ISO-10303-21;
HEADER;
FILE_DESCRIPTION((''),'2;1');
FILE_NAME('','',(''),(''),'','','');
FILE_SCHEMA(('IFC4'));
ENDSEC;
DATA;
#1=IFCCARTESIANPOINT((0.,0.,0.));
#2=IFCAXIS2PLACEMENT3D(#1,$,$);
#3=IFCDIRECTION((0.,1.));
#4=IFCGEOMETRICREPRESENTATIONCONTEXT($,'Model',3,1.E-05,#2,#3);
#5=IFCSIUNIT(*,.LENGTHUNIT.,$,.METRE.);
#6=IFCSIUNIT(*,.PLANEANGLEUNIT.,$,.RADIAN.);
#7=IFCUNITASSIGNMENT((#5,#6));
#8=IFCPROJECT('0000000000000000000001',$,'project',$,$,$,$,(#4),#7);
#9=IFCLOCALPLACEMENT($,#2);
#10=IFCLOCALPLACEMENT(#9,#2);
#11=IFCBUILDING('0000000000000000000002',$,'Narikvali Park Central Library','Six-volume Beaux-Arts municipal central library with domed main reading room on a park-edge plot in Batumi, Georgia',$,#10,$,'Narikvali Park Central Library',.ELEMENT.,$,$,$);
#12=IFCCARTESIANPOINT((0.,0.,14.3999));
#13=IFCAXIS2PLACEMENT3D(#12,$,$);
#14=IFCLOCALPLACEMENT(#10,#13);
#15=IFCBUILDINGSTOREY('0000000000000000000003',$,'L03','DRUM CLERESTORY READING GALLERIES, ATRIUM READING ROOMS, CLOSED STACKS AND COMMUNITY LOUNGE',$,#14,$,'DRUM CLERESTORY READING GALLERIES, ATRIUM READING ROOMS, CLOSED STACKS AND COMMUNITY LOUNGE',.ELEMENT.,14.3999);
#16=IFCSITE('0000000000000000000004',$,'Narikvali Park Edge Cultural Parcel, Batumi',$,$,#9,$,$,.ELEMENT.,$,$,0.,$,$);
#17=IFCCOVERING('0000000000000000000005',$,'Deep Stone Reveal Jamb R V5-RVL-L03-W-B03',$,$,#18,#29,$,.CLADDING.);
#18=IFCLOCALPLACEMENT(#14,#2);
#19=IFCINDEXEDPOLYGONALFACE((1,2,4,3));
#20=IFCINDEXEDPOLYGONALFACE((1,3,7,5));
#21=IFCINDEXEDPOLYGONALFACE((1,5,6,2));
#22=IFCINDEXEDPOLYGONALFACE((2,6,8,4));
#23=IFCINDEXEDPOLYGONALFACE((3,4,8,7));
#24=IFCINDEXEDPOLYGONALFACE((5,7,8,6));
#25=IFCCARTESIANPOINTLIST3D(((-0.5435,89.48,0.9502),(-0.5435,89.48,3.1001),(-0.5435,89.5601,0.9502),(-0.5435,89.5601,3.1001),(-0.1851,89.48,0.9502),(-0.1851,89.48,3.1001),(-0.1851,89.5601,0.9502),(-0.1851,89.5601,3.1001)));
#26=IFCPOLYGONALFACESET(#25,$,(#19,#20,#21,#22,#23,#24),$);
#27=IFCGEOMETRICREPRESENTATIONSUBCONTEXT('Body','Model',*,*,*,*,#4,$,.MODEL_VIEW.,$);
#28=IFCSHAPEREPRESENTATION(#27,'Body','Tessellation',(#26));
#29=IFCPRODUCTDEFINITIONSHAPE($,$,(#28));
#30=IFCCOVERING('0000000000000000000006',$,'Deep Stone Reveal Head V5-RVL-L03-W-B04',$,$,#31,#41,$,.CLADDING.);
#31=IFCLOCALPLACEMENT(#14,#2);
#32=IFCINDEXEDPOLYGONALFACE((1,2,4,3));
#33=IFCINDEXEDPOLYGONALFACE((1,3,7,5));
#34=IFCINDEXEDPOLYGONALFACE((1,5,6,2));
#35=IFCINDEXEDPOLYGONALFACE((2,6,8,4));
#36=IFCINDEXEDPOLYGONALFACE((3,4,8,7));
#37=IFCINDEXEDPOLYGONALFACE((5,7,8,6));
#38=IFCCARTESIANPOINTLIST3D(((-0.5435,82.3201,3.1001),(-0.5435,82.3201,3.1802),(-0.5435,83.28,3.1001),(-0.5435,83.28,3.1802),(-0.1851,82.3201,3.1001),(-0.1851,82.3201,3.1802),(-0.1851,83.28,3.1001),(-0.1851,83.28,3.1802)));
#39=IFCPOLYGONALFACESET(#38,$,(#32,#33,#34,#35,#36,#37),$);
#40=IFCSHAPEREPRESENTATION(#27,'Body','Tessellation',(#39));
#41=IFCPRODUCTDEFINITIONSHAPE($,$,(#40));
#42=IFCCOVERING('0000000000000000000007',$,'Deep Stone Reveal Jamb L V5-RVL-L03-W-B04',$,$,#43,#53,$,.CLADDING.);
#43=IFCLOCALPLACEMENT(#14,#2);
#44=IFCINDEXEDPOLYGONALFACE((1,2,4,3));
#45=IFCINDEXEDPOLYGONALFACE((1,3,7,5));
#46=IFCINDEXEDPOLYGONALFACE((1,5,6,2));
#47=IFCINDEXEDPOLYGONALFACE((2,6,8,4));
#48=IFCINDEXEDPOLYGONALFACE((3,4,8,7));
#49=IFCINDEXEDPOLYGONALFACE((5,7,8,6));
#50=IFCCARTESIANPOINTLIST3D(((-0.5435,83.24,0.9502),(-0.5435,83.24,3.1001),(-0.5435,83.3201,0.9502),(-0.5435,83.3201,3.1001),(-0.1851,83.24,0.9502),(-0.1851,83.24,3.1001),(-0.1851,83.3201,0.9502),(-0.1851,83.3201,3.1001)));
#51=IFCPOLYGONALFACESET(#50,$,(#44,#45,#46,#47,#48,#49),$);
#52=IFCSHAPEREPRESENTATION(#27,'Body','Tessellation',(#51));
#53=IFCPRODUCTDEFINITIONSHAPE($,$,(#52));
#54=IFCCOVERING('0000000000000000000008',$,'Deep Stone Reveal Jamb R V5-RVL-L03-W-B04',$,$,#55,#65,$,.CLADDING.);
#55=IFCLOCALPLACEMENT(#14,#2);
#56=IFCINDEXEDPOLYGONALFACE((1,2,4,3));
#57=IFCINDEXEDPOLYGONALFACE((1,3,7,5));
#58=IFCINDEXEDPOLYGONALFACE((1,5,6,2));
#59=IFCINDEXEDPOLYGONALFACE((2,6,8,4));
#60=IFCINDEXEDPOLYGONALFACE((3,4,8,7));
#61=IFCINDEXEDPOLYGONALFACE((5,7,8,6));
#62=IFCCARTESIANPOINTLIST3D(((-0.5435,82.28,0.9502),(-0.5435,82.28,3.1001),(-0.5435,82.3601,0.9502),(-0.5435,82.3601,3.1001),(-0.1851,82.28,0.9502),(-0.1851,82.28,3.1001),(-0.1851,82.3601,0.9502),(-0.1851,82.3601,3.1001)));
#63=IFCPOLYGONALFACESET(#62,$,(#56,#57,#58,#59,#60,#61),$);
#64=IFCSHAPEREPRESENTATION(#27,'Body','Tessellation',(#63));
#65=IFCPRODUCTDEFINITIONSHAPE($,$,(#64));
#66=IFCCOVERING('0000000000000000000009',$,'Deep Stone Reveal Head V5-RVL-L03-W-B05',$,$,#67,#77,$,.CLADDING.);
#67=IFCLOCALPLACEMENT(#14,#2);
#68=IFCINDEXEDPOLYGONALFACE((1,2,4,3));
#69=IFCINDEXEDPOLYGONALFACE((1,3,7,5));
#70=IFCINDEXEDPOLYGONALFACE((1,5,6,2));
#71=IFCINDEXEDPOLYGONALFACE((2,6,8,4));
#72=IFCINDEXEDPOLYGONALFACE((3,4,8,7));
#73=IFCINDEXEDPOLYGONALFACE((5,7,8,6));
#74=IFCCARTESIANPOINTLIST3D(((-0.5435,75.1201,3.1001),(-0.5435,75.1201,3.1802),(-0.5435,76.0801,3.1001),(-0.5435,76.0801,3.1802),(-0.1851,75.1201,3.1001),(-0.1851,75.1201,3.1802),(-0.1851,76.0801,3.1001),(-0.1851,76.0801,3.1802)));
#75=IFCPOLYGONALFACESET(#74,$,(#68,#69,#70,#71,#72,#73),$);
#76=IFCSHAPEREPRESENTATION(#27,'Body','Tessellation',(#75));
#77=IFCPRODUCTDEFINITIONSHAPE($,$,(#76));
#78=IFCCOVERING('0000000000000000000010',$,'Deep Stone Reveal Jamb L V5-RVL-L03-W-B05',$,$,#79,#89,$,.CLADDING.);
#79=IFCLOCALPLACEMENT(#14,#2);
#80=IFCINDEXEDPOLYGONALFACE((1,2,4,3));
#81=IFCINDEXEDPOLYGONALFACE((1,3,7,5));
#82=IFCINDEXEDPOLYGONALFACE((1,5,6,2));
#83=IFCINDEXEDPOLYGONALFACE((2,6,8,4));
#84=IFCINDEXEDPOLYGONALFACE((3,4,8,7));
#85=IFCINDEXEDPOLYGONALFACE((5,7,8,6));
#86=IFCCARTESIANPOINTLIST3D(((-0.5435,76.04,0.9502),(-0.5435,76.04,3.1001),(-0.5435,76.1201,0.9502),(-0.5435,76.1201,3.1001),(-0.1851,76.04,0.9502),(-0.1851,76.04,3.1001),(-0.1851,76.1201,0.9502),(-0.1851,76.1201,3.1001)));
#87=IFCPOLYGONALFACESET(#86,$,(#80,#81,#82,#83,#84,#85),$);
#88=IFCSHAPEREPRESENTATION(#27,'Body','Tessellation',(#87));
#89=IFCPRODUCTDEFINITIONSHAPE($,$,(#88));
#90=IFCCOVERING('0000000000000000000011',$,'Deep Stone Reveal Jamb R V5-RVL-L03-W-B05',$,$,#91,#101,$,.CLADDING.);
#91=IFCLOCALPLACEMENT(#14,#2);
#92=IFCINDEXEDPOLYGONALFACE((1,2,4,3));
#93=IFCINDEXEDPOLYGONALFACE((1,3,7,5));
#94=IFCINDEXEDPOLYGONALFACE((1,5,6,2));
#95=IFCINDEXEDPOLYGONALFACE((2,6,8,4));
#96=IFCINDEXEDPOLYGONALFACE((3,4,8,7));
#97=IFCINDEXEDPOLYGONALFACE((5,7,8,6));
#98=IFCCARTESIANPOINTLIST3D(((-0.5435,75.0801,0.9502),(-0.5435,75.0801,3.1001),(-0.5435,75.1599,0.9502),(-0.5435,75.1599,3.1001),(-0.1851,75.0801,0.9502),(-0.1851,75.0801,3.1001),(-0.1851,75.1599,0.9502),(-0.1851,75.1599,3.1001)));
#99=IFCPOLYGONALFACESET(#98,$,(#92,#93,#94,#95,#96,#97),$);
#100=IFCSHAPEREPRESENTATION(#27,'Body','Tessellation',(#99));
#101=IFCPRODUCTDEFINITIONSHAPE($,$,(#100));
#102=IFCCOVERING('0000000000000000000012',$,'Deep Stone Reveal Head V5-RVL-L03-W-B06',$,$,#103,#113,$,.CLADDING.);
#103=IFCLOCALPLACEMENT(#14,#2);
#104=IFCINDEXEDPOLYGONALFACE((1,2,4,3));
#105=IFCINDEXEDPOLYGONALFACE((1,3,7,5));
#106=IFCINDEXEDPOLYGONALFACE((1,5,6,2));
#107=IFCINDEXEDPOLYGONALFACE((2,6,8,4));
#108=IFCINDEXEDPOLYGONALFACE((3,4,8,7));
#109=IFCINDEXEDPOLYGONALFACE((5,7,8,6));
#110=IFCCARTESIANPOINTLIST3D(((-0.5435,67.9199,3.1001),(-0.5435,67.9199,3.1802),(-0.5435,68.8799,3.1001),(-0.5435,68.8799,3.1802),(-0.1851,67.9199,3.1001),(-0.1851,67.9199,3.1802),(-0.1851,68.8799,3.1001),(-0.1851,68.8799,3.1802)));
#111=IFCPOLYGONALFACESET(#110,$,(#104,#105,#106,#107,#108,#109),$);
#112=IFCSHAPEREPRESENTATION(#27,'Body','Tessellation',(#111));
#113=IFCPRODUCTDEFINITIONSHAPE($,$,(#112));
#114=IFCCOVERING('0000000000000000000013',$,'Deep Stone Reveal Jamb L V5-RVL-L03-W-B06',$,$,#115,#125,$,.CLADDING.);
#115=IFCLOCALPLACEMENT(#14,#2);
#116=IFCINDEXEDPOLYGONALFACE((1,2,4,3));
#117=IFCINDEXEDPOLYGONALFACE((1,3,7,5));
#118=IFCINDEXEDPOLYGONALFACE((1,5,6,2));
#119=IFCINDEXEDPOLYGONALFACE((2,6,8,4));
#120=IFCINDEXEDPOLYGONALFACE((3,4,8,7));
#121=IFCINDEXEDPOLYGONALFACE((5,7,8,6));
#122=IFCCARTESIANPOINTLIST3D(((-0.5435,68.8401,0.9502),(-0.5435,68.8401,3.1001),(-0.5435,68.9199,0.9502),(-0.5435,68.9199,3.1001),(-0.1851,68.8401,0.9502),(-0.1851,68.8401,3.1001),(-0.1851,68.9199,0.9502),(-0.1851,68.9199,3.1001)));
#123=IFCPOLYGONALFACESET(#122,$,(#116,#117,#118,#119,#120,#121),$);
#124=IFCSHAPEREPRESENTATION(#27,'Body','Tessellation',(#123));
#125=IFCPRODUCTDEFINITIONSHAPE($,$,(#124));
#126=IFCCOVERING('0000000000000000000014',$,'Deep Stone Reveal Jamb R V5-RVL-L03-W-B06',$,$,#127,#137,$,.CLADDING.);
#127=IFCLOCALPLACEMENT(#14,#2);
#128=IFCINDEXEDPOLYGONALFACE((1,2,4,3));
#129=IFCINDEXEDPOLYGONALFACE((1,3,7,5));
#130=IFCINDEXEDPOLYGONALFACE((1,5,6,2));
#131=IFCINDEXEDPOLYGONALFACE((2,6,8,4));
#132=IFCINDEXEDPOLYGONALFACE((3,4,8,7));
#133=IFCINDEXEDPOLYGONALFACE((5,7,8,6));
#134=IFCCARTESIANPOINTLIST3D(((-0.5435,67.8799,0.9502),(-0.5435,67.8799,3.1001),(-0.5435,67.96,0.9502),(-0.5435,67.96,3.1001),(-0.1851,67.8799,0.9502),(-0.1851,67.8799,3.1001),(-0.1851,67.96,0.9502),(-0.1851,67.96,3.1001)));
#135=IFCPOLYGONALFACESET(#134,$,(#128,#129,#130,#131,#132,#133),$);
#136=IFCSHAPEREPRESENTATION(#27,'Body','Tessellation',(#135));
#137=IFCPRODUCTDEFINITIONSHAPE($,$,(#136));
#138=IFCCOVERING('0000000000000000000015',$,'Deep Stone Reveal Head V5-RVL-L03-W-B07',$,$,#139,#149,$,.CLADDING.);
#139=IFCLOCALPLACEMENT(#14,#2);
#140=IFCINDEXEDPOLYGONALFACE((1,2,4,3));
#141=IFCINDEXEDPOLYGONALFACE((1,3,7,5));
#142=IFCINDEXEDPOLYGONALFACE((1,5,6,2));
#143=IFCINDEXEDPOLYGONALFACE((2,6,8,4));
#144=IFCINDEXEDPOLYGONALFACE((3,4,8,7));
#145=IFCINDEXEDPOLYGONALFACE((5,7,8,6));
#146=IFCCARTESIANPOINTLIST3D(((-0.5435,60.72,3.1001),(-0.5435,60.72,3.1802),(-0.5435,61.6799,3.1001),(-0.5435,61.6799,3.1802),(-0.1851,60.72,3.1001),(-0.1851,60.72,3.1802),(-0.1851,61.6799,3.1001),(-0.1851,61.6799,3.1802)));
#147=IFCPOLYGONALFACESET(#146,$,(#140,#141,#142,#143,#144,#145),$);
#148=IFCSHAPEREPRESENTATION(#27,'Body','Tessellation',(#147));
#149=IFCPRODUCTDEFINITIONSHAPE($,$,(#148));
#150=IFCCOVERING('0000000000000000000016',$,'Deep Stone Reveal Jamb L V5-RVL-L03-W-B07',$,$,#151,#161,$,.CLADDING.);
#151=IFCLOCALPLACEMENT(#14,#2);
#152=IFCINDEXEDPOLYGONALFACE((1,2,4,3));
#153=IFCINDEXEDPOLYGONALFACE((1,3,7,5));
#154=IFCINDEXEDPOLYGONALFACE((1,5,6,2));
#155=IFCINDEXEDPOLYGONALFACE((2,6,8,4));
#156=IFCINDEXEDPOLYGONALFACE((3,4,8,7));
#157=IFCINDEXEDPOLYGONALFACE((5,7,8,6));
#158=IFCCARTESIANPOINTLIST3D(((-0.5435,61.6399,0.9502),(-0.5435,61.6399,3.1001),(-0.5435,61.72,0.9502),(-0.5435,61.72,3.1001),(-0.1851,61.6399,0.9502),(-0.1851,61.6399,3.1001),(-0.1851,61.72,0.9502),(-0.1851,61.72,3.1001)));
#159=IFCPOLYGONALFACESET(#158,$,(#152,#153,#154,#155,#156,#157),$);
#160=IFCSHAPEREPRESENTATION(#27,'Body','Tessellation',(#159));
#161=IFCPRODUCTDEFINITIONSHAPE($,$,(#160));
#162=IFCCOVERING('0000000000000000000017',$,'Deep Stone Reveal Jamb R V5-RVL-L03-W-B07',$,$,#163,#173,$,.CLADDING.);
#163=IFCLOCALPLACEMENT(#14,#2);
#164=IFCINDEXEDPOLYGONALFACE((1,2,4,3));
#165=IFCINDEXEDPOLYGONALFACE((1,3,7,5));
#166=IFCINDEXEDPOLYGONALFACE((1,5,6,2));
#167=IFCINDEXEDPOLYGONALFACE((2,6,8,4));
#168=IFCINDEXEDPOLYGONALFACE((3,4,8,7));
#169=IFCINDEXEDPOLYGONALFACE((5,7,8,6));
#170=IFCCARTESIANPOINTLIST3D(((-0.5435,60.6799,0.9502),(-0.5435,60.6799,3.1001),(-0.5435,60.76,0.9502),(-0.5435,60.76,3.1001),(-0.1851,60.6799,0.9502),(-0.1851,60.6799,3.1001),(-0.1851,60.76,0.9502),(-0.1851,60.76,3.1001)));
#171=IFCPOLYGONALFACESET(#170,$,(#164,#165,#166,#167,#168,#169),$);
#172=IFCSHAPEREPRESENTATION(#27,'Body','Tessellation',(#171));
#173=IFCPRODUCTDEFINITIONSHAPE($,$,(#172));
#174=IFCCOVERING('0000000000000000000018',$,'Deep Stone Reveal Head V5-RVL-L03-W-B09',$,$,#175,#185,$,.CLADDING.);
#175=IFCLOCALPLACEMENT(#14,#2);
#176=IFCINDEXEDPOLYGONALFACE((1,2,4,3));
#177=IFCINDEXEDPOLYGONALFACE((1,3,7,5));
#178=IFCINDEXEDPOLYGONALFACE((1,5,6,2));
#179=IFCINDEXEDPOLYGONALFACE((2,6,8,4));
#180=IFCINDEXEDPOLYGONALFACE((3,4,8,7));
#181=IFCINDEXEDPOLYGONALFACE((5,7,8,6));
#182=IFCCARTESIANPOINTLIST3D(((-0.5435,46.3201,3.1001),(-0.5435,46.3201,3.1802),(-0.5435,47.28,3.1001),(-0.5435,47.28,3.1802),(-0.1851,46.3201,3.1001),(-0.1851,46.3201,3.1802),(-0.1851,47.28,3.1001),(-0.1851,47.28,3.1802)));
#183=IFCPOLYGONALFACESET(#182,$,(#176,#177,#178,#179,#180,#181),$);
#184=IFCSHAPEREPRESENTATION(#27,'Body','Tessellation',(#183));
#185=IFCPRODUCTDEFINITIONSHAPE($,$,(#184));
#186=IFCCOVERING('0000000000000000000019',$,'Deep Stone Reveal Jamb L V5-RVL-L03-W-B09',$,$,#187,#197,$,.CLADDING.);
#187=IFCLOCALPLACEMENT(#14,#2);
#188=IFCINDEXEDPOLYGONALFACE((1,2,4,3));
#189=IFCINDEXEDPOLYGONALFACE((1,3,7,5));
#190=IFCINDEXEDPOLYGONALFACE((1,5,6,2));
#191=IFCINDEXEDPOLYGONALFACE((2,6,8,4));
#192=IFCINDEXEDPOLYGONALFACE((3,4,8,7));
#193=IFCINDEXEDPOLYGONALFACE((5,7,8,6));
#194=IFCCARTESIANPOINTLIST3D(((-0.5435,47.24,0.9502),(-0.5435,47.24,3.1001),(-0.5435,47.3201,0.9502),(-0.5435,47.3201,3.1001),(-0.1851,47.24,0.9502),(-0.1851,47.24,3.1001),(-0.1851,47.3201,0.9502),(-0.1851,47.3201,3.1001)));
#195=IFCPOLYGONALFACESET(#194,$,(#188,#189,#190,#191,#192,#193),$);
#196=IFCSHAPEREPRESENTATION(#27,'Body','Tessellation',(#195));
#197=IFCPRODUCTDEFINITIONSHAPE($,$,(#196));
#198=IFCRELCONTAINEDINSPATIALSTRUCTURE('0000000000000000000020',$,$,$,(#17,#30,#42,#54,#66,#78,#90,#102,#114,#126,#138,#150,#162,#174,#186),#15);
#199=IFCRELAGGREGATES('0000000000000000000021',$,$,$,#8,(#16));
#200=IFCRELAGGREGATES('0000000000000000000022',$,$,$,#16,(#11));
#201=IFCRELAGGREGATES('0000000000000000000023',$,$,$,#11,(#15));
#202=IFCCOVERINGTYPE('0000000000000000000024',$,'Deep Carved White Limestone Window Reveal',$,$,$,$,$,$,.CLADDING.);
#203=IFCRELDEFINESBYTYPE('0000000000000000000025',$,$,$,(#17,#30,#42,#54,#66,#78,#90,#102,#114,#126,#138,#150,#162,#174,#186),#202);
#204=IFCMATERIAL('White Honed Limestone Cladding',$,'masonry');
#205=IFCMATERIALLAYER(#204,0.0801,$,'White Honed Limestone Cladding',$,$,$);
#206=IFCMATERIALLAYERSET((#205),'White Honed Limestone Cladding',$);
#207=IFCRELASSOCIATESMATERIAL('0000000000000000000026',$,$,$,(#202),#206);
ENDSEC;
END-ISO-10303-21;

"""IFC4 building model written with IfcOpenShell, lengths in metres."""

from ifc_helpers import new_model, si_unit, direction, frame, origin, place, context, subcontext, project, spatial, polyline, outline, extrude, material, layer, layer_set, type_object, element, save


model = new_model("IFC4")

# Units and contexts
model_context = context("Model", 3, precision=1e-05, world=origin(), true_north=direction((0.0, 1.0)))
body_context = subcontext(model_context, "Body", "Model", "MODEL_VIEW")
ifc_project = project(units=[si_unit("LENGTHUNIT", "METRE"), si_unit("PLANEANGLEUNIT", "RADIAN")], contexts=[model_context])

# Site, building, storey
site_placement = place(None, origin())
site = spatial("IfcSite", under=ifc_project, at=site_placement, Name="Narikvali Park Edge Cultural Parcel, Batumi", CompositionType="ELEMENT", RefElevation=0.0)
building_placement = place(site_placement, origin())
building = spatial("IfcBuilding", under=site, at=building_placement, Name="Narikvali Park Central Library", Description="Six-volume Beaux-Arts municipal central library with domed main reading room on a park-edge plot in Batumi, Georgia", LongName="Narikvali Park Central Library", CompositionType="ELEMENT")
storey_placement = place(building_placement, frame((0.0, 0.0, 14.3999)))
storey = spatial("IfcBuildingStorey", under=building, at=storey_placement, Name="L03", Description="DRUM CLERESTORY READING GALLERIES, ATRIUM READING ROOMS, CLOSED STACKS AND COMMUNITY LOUNGE", LongName="DRUM CLERESTORY READING GALLERIES, ATRIUM READING ROOMS, CLOSED STACKS AND COMMUNITY LOUNGE", CompositionType="ELEMENT", Elevation=14.3999)

# Coverings
ifc_material = material(Name="White Honed Limestone Cladding", Category="masonry")
ifc_layer = layer(ifc_material, 0.0801, Name="White Honed Limestone Cladding")
ifc_layer_set = layer_set([ifc_layer], Name="White Honed Limestone Cladding")
covering_type = type_object("IfcCoveringType", Name="Deep Carved White Limestone Window Reveal", PredefinedType="CLADDING", material=ifc_layer_set)
covering_1_placement = place(storey_placement, frame((0.0, 0.0, 0.9502)))
element("IfcCovering", 1, at=covering_1_placement, inside=storey, type_object=covering_type, Name="Deep Stone Reveal Jamb R V5-RVL-L03-W-B03", PredefinedType="CLADDING", context=body_context, shape_type="SweptSolid", body=[
    extrude(outline(polyline([(-0.1851, 89.5601), (-0.1851, 89.48), (-0.5435, 89.48), (-0.5435, 89.5601), (-0.1851, 89.5601)])), origin(), (0.0, 0.0, 1.0), 2.1499),
])
covering_2_placement = place(storey_placement, frame((0.0, 0.0, 3.1001)))
element("IfcCovering", 2, at=covering_2_placement, inside=storey, type_object=covering_type, Name="Deep Stone Reveal Head V5-RVL-L03-W-B04", PredefinedType="CLADDING", context=body_context, shape_type="SweptSolid", body=[
    extrude(outline(polyline([(-0.1851, 83.28), (-0.1851, 82.3201), (-0.5435, 82.3201), (-0.5435, 83.28), (-0.1851, 83.28)])), origin(), (0.0, 0.0, 1.0), 0.0801),
])
covering_3_placement = place(storey_placement, frame((0.0, 0.0, 0.9502)))
element("IfcCovering", 3, at=covering_3_placement, inside=storey, type_object=covering_type, Name="Deep Stone Reveal Jamb L V5-RVL-L03-W-B04", PredefinedType="CLADDING", context=body_context, shape_type="SweptSolid", body=[
    extrude(outline(polyline([(-0.1851, 83.3201), (-0.1851, 83.24), (-0.5435, 83.24), (-0.5435, 83.3201), (-0.1851, 83.3201)])), origin(), (0.0, 0.0, 1.0), 2.1499),
])
covering_4_placement = place(storey_placement, frame((0.0, 0.0, 0.9502)))
element("IfcCovering", 4, at=covering_4_placement, inside=storey, type_object=covering_type, Name="Deep Stone Reveal Jamb R V5-RVL-L03-W-B04", PredefinedType="CLADDING", context=body_context, shape_type="SweptSolid", body=[
    extrude(outline(polyline([(-0.1851, 82.3601), (-0.1851, 82.28), (-0.5435, 82.28), (-0.5435, 82.3601), (-0.1851, 82.3601)])), origin(), (0.0, 0.0, 1.0), 2.1499),
])
covering_5_placement = place(storey_placement, frame((0.0, 0.0, 3.1001)))
element("IfcCovering", 5, at=covering_5_placement, inside=storey, type_object=covering_type, Name="Deep Stone Reveal Head V5-RVL-L03-W-B05", PredefinedType="CLADDING", context=body_context, shape_type="SweptSolid", body=[
    extrude(outline(polyline([(-0.1851, 76.0801), (-0.1851, 75.1201), (-0.5435, 75.1201), (-0.5435, 76.0801), (-0.1851, 76.0801)])), origin(), (0.0, 0.0, 1.0), 0.0801),
])
covering_6_placement = place(storey_placement, frame((0.0, 0.0, 0.9502)))
element("IfcCovering", 6, at=covering_6_placement, inside=storey, type_object=covering_type, Name="Deep Stone Reveal Jamb L V5-RVL-L03-W-B05", PredefinedType="CLADDING", context=body_context, shape_type="SweptSolid", body=[
    extrude(outline(polyline([(-0.1851, 76.1201), (-0.1851, 76.04), (-0.5435, 76.04), (-0.5435, 76.1201), (-0.1851, 76.1201)])), origin(), (0.0, 0.0, 1.0), 2.1499),
])
covering_7_placement = place(storey_placement, frame((0.0, 0.0, 0.9502)))
element("IfcCovering", 7, at=covering_7_placement, inside=storey, type_object=covering_type, Name="Deep Stone Reveal Jamb R V5-RVL-L03-W-B05", PredefinedType="CLADDING", context=body_context, shape_type="SweptSolid", body=[
    extrude(outline(polyline([(-0.1851, 75.1599), (-0.1851, 75.0801), (-0.5435, 75.0801), (-0.5435, 75.1599), (-0.1851, 75.1599)])), origin(), (0.0, 0.0, 1.0), 2.1499),
])
covering_8_placement = place(storey_placement, frame((0.0, 0.0, 3.1001)))
element("IfcCovering", 8, at=covering_8_placement, inside=storey, type_object=covering_type, Name="Deep Stone Reveal Head V5-RVL-L03-W-B06", PredefinedType="CLADDING", context=body_context, shape_type="SweptSolid", body=[
    extrude(outline(polyline([(-0.1851, 68.8799), (-0.1851, 67.9199), (-0.5435, 67.9199), (-0.5435, 68.8799), (-0.1851, 68.8799)])), origin(), (0.0, 0.0, 1.0), 0.0801),
])
covering_9_placement = place(storey_placement, frame((0.0, 0.0, 0.9502)))
element("IfcCovering", 9, at=covering_9_placement, inside=storey, type_object=covering_type, Name="Deep Stone Reveal Jamb L V5-RVL-L03-W-B06", PredefinedType="CLADDING", context=body_context, shape_type="SweptSolid", body=[
    extrude(outline(polyline([(-0.1851, 68.9199), (-0.1851, 68.8401), (-0.5435, 68.8401), (-0.5435, 68.9199), (-0.1851, 68.9199)])), origin(), (0.0, 0.0, 1.0), 2.1499),
])
covering_10_placement = place(storey_placement, frame((0.0, 0.0, 0.9502)))
element("IfcCovering", 10, at=covering_10_placement, inside=storey, type_object=covering_type, Name="Deep Stone Reveal Jamb R V5-RVL-L03-W-B06", PredefinedType="CLADDING", context=body_context, shape_type="SweptSolid", body=[
    extrude(outline(polyline([(-0.1851, 67.96), (-0.1851, 67.8799), (-0.5435, 67.8799), (-0.5435, 67.96), (-0.1851, 67.96)])), origin(), (0.0, 0.0, 1.0), 2.1499),
])
covering_11_placement = place(storey_placement, frame((0.0, 0.0, 3.1001)))
element("IfcCovering", 11, at=covering_11_placement, inside=storey, type_object=covering_type, Name="Deep Stone Reveal Head V5-RVL-L03-W-B07", PredefinedType="CLADDING", context=body_context, shape_type="SweptSolid", body=[
    extrude(outline(polyline([(-0.1851, 61.6799), (-0.1851, 60.72), (-0.5435, 60.72), (-0.5435, 61.6799), (-0.1851, 61.6799)])), origin(), (0.0, 0.0, 1.0), 0.0801),
])
covering_12_placement = place(storey_placement, frame((0.0, 0.0, 0.9502)))
element("IfcCovering", 12, at=covering_12_placement, inside=storey, type_object=covering_type, Name="Deep Stone Reveal Jamb L V5-RVL-L03-W-B07", PredefinedType="CLADDING", context=body_context, shape_type="SweptSolid", body=[
    extrude(outline(polyline([(-0.1851, 61.72), (-0.1851, 61.6399), (-0.5435, 61.6399), (-0.5435, 61.72), (-0.1851, 61.72)])), origin(), (0.0, 0.0, 1.0), 2.1499),
])
covering_13_placement = place(storey_placement, frame((0.0, 0.0, 0.9502)))
element("IfcCovering", 13, at=covering_13_placement, inside=storey, type_object=covering_type, Name="Deep Stone Reveal Jamb R V5-RVL-L03-W-B07", PredefinedType="CLADDING", context=body_context, shape_type="SweptSolid", body=[
    extrude(outline(polyline([(-0.1851, 60.76), (-0.1851, 60.6799), (-0.5435, 60.6799), (-0.5435, 60.76), (-0.1851, 60.76)])), origin(), (0.0, 0.0, 1.0), 2.1499),
])
covering_14_placement = place(storey_placement, frame((0.0, 0.0, 3.1001)))
element("IfcCovering", 14, at=covering_14_placement, inside=storey, type_object=covering_type, Name="Deep Stone Reveal Head V5-RVL-L03-W-B09", PredefinedType="CLADDING", context=body_context, shape_type="SweptSolid", body=[
    extrude(outline(polyline([(-0.1851, 47.28), (-0.1851, 46.3201), (-0.5435, 46.3201), (-0.5435, 47.28), (-0.1851, 47.28)])), origin(), (0.0, 0.0, 1.0), 0.0801),
])
covering_15_placement = place(storey_placement, frame((0.0, 0.0, 0.9502)))
element("IfcCovering", 15, at=covering_15_placement, inside=storey, type_object=covering_type, Name="Deep Stone Reveal Jamb L V5-RVL-L03-W-B09", PredefinedType="CLADDING", context=body_context, shape_type="SweptSolid", body=[
    extrude(outline(polyline([(-0.1851, 47.3201), (-0.1851, 47.24), (-0.5435, 47.24), (-0.5435, 47.3201), (-0.1851, 47.3201)])), origin(), (0.0, 0.0, 1.0), 2.1499),
])

save(model, "model.ifc")
